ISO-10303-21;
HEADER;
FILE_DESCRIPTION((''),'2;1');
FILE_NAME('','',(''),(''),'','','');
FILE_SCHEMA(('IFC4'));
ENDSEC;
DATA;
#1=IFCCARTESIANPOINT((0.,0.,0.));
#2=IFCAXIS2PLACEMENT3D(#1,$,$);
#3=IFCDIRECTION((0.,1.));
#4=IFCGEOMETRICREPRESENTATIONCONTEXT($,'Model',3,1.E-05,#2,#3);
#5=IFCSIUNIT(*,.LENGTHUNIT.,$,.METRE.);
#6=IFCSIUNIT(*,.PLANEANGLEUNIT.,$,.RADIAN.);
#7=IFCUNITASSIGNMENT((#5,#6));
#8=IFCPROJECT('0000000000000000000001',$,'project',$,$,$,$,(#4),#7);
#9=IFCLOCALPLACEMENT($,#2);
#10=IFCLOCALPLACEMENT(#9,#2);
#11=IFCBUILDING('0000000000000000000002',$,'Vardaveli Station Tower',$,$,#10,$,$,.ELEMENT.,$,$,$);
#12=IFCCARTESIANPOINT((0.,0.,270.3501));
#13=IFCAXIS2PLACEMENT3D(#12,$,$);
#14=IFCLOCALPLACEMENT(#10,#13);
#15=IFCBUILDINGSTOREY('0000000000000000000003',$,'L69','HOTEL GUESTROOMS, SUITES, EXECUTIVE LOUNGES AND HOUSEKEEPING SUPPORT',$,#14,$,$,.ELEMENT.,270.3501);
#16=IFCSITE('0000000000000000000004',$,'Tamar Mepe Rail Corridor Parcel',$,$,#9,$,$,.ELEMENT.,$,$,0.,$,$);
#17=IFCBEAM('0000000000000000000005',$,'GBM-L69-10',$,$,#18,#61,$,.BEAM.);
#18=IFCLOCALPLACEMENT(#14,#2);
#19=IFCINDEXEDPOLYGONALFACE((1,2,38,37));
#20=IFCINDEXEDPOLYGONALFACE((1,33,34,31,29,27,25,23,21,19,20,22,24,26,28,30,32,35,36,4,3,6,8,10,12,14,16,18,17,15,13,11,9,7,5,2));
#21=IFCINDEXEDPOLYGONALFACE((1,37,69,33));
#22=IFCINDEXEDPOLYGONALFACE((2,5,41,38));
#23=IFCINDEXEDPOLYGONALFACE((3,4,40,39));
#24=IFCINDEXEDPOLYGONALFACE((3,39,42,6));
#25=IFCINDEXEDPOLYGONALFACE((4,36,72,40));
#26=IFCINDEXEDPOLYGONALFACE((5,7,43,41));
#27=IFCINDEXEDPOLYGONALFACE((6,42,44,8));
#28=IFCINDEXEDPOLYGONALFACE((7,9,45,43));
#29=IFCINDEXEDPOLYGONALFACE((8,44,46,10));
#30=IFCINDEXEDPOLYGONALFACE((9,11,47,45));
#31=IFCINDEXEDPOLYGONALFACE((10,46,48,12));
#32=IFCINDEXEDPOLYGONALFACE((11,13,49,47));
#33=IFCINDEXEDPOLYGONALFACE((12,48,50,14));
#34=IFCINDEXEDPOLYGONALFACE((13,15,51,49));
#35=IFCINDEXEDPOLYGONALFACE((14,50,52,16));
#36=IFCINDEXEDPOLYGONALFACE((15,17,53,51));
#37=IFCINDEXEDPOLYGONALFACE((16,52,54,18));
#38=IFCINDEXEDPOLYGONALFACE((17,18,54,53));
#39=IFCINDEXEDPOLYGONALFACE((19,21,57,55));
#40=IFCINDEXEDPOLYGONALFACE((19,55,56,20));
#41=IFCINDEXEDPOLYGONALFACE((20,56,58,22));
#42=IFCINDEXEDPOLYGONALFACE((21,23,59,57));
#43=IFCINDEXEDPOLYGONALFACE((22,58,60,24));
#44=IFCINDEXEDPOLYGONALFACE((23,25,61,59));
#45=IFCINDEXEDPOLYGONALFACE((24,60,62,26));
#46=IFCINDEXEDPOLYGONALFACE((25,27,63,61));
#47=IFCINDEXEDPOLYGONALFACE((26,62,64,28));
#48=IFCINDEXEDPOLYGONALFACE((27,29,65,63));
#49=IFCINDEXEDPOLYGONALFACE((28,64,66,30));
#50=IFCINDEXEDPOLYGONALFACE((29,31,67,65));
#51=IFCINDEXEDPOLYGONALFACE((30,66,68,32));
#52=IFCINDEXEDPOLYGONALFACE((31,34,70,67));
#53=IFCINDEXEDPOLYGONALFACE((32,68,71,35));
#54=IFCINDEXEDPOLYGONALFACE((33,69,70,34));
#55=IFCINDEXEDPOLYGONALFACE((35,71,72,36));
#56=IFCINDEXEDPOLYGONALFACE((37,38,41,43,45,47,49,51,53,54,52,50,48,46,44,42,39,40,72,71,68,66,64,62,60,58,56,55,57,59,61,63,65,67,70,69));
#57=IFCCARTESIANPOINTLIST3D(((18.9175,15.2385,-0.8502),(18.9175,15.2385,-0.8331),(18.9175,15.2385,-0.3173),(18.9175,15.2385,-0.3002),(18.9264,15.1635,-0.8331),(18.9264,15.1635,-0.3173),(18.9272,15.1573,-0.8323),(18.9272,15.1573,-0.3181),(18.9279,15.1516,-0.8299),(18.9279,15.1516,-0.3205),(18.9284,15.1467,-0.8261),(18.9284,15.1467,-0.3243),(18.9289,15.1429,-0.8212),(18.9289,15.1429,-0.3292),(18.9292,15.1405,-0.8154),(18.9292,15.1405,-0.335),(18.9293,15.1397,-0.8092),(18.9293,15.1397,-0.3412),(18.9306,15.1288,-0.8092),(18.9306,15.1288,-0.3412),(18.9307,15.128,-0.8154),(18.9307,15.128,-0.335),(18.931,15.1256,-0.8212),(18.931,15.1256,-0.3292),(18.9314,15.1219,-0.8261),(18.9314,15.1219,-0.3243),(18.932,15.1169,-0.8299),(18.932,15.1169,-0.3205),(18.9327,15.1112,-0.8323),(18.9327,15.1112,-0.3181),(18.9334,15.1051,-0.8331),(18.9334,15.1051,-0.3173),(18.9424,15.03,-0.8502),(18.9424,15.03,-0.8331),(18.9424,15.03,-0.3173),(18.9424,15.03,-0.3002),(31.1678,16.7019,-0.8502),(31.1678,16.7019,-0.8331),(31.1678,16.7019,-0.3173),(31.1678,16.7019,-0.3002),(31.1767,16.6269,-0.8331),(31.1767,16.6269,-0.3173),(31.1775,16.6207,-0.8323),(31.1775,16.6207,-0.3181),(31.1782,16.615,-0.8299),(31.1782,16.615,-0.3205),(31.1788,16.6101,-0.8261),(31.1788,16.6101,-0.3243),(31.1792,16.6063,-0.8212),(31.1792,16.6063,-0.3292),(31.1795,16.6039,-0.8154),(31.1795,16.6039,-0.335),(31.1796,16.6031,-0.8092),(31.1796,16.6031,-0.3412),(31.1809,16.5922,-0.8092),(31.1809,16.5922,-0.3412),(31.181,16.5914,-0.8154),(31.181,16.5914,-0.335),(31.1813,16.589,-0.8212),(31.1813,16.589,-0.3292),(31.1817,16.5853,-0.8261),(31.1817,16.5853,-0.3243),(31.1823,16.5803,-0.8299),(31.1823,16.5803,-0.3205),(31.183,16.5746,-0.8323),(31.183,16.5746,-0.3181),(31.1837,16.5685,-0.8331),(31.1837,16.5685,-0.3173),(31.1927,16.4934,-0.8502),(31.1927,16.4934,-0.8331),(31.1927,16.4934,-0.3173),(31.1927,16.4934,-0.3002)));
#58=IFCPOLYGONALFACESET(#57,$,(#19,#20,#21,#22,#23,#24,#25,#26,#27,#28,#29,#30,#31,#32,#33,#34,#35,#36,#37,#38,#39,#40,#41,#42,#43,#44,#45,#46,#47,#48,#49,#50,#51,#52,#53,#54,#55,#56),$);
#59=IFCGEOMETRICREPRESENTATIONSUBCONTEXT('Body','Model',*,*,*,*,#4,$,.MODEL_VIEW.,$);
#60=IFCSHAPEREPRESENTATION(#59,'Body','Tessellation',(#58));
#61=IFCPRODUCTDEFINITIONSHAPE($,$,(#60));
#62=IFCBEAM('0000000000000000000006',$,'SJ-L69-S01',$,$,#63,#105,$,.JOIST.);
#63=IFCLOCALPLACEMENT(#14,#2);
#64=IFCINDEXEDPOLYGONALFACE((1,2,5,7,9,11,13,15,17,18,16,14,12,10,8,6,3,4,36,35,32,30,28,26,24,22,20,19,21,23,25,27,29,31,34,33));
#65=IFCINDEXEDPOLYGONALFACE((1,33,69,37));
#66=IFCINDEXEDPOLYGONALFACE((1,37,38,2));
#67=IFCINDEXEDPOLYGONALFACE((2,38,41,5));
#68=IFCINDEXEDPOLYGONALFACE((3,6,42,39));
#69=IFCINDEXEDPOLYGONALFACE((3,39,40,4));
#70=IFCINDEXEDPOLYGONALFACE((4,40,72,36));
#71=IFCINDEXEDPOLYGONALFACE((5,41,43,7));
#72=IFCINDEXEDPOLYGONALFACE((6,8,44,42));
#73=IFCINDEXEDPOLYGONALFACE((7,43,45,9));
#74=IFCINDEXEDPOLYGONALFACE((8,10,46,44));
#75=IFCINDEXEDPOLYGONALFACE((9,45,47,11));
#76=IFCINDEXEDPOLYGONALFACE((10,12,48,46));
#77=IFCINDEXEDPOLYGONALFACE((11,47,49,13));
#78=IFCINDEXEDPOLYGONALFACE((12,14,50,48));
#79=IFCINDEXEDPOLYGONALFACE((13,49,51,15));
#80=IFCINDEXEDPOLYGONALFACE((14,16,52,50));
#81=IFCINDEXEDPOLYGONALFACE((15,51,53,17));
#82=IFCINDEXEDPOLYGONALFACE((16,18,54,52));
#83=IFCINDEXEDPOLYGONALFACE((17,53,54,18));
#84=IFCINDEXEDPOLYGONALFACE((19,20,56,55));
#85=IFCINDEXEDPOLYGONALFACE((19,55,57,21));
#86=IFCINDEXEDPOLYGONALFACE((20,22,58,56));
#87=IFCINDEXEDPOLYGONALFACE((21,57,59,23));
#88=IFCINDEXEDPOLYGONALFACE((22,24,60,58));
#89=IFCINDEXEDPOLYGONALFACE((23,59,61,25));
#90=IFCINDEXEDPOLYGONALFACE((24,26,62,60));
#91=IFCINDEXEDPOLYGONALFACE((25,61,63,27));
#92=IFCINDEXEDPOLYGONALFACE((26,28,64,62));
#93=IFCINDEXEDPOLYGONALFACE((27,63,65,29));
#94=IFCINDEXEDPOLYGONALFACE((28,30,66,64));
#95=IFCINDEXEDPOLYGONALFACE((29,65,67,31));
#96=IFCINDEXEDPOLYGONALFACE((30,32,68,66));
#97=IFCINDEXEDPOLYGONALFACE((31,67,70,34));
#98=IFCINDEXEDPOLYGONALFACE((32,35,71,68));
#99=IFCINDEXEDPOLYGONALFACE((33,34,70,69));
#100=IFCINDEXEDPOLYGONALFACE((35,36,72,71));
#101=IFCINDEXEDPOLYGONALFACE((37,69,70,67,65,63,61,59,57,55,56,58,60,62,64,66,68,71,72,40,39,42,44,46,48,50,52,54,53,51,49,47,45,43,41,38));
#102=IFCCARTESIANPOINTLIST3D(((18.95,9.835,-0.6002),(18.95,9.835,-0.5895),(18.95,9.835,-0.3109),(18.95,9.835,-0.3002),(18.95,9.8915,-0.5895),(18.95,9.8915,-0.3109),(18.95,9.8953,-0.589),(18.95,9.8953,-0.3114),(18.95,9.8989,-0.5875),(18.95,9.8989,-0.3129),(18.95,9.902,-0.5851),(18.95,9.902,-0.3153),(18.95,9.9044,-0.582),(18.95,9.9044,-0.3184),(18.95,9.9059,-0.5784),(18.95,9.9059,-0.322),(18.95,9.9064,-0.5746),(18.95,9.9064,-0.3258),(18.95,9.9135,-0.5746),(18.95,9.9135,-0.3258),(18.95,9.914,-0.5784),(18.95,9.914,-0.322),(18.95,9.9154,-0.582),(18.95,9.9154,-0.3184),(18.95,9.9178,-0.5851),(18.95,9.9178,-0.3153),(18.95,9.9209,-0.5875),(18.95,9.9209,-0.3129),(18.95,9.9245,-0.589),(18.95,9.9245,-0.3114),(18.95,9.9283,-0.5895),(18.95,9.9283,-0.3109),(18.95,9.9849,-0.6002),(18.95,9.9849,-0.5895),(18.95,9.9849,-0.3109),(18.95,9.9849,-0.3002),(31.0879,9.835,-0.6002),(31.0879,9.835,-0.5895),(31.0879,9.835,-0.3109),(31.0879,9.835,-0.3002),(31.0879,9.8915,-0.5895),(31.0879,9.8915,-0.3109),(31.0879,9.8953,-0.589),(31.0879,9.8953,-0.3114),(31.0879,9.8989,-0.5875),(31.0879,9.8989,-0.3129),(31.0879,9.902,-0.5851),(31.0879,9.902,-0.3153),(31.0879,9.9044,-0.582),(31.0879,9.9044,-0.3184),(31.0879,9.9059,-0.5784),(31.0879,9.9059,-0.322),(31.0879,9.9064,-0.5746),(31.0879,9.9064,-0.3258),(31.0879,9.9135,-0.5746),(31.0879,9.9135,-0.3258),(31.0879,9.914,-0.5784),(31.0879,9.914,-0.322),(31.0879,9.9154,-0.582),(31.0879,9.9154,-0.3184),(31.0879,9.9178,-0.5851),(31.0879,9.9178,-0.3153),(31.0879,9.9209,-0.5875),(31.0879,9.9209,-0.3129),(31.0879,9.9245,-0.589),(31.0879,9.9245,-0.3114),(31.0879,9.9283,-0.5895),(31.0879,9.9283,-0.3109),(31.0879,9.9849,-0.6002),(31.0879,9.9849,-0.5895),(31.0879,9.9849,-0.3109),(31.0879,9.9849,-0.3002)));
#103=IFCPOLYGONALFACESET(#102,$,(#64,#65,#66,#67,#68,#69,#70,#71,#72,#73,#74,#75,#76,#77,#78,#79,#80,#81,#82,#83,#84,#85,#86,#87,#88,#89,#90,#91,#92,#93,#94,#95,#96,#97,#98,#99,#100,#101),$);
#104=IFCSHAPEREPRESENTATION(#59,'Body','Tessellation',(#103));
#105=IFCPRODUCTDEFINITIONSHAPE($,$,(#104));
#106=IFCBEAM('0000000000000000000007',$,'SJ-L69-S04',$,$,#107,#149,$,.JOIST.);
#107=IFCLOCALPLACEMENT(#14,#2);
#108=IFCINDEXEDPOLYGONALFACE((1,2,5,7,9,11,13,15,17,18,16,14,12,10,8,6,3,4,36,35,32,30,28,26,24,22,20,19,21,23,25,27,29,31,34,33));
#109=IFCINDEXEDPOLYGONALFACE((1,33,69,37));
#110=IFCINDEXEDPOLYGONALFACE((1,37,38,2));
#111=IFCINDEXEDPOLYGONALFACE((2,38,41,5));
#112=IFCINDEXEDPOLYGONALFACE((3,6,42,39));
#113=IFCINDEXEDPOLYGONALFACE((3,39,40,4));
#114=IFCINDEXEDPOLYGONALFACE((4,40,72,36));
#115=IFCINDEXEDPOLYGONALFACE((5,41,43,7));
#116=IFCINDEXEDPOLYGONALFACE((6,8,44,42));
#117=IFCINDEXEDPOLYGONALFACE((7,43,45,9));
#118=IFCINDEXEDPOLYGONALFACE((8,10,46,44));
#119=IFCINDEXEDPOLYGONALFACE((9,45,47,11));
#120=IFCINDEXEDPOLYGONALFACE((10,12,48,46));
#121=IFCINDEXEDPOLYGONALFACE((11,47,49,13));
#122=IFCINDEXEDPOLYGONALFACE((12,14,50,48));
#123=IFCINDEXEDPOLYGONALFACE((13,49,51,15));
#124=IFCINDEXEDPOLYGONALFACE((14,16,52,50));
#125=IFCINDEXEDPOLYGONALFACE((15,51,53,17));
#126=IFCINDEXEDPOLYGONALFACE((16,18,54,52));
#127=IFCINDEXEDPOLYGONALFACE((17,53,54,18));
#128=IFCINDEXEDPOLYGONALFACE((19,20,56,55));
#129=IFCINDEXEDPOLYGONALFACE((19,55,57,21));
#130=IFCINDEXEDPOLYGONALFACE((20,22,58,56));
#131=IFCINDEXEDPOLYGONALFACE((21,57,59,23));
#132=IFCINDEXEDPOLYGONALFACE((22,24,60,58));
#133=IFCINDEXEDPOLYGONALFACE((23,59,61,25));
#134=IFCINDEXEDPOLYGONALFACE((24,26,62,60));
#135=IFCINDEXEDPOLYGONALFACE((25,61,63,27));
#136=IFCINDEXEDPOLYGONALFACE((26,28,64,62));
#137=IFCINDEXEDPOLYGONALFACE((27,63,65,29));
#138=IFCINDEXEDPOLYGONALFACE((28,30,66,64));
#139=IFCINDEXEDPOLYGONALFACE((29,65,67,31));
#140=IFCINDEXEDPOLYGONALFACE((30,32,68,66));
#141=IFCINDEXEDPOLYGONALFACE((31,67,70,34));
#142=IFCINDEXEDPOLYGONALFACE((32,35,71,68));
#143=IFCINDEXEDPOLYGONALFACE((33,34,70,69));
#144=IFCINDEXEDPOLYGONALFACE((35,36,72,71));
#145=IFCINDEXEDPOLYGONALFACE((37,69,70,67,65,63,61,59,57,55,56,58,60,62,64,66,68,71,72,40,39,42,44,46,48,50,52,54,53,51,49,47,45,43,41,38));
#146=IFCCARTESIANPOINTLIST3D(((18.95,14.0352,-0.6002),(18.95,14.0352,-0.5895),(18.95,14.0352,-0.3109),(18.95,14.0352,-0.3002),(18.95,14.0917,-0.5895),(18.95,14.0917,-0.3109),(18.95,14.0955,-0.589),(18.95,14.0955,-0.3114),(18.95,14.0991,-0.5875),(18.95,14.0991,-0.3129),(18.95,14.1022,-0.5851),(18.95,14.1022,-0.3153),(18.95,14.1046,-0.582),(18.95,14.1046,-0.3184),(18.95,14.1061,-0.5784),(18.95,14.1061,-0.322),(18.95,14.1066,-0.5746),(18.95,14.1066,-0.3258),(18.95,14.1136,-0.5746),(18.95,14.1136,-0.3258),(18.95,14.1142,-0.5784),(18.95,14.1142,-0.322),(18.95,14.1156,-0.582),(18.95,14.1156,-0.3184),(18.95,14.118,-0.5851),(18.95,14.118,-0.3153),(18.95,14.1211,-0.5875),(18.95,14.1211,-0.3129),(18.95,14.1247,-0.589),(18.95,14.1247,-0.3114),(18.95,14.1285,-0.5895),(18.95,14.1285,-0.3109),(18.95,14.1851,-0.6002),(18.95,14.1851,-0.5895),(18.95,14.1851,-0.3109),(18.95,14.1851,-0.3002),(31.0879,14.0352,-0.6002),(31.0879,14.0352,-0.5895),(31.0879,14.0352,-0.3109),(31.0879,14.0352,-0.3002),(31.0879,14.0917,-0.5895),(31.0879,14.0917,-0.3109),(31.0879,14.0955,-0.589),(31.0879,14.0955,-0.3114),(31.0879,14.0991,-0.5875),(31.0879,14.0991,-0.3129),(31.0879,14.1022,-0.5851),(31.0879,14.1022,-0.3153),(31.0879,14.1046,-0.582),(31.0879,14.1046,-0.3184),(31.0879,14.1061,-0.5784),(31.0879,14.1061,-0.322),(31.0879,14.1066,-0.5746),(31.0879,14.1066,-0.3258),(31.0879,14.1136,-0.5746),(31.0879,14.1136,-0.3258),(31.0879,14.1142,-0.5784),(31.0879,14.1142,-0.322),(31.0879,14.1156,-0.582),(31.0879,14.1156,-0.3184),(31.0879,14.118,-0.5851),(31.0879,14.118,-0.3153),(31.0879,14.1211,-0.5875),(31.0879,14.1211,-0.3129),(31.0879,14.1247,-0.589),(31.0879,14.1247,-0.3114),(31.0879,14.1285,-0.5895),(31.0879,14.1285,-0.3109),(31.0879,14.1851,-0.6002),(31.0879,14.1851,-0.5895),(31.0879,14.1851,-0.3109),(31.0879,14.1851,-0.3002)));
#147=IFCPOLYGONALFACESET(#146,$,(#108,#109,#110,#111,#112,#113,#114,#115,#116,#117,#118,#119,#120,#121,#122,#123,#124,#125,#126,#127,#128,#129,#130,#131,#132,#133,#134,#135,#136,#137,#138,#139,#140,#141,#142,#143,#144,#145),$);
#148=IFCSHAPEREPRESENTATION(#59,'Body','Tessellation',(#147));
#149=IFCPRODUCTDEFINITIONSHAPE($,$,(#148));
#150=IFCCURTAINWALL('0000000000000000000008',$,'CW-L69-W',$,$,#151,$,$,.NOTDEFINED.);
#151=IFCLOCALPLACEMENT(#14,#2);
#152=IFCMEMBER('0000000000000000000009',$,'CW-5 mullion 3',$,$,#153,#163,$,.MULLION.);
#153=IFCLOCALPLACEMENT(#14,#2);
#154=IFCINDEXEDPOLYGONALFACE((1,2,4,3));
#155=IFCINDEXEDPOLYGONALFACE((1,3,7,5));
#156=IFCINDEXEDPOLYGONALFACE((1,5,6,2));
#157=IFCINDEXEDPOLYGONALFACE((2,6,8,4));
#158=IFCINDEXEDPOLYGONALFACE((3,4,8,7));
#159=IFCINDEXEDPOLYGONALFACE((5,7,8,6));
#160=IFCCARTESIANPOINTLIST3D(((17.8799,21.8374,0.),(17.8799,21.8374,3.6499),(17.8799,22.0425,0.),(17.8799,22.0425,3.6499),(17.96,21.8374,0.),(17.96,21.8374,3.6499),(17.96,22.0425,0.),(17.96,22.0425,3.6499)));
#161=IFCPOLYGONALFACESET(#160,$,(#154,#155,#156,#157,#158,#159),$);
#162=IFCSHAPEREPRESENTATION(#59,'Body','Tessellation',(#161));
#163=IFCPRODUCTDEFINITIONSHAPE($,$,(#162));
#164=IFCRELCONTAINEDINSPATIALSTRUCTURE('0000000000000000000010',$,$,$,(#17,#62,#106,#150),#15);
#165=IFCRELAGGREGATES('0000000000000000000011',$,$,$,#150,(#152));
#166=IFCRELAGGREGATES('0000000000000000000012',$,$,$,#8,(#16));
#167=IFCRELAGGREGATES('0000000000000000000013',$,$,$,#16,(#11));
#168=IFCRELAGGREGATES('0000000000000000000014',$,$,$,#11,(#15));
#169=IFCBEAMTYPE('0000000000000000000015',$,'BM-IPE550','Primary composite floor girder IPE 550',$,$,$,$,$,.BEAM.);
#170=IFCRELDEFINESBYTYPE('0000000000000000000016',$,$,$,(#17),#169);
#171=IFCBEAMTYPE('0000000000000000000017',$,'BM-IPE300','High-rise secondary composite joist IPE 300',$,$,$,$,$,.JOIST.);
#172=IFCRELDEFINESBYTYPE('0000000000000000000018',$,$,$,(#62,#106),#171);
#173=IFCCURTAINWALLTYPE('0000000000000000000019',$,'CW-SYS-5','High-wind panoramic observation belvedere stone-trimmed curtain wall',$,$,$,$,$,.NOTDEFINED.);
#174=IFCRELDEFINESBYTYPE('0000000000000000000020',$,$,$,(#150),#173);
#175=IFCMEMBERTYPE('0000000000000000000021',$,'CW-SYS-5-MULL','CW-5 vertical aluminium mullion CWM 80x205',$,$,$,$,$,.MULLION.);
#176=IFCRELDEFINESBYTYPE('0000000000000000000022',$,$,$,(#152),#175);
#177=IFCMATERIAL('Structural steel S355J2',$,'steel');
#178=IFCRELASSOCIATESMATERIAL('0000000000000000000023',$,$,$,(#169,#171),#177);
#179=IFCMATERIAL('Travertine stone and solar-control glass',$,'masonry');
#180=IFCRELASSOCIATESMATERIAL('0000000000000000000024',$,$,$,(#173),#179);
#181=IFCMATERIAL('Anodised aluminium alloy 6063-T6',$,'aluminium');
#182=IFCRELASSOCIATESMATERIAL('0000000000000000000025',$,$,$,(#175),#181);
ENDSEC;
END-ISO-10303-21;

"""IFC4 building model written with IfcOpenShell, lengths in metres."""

from ifc_helpers import new_model, si_unit, direction, frame, origin, origin_2d, place, context, subcontext, project, spatial, rectangle, i_section, extrude, source, transform, mapped, material, material_profile, profile_set, type_object, element, aggregate, save


model = new_model("IFC4")

# Units and contexts
model_context = context("Model", 3, precision=1e-05, world=origin(), true_north=direction((0.0, 1.0)))
body_context = subcontext(model_context, "Body", "Model", "MODEL_VIEW")
ifc_project = project(units=[si_unit("LENGTHUNIT", "METRE"), si_unit("PLANEANGLEUNIT", "RADIAN")], contexts=[model_context])

# Site, building, storey
site_placement = place(None, origin())
site = spatial("IfcSite", under=ifc_project, at=site_placement, Name="Tamar Mepe Rail Corridor Parcel", CompositionType="ELEMENT", RefElevation=0.0)
building_placement = place(site_placement, origin())
building = spatial("IfcBuilding", under=site, at=building_placement, Name="Vardaveli Station Tower", CompositionType="ELEMENT")
storey_placement = place(building_placement, frame((0.0, 0.0, 270.3501)))
storey = spatial("IfcBuildingStorey", under=building, at=storey_placement, Name="L69", Description="HOTEL GUESTROOMS, SUITES, EXECUTIVE LOUNGES AND HOUSEKEEPING SUPPORT", CompositionType="ELEMENT", Elevation=270.3501)

# Beams
ifc_material_1 = material(Name="Structural steel S355J2", Category="steel")
ifc_material_profile_1 = material_profile(ifc_material_1, i_section(OverallWidth=0.21, OverallDepth=0.55, WebThickness=0.011, FlangeThickness=0.0171, FilletRadius=0.0239, at=origin_2d()), Name="IPE 550")
ifc_profile_set_1 = profile_set([ifc_material_profile_1], Name="Structural steel S355J2")
beam_type_1 = type_object("IfcBeamType", Name="BM-IPE550", Description="Primary composite floor girder IPE 550", PredefinedType="BEAM", material=ifc_profile_set_1)
shared_shape_1 = source(origin(), body_context, "Body", "SweptSolid", [
    extrude(i_section(OverallWidth=0.21, OverallDepth=0.55, WebThickness=0.011, FlangeThickness=0.0171, FilletRadius=0.0239, at=origin_2d()), origin(), (0.0, 0.0, 1.0), 12.3374),
])
beam_1_placement = place(storey_placement, frame((18.9299, 15.1343, -0.5752), z_axis=(0.99294, 0.118614, 0.0), x_axis=(-0.118614, 0.99294, 0.0)))
element("IfcBeam", 1, at=beam_1_placement, inside=storey, type_object=beam_type_1, Name="GBM-L69-10", PredefinedType="BEAM", context=body_context, shape_type="MappedRepresentation", body=[
    mapped(shared_shape_1, transform((0.0, 0.0, 0.0), scale=1.0)),
])
ifc_material_profile_2 = material_profile(ifc_material_1, i_section(OverallWidth=0.1499, OverallDepth=0.3, WebThickness=0.0071, FlangeThickness=0.0107, FilletRadius=0.0149, at=origin_2d()), Name="IPE 300")
ifc_profile_set_2 = profile_set([ifc_material_profile_2], Name="Structural steel S355J2")
beam_type_2 = type_object("IfcBeamType", Name="BM-IPE300", Description="High-rise secondary composite joist IPE 300", PredefinedType="JOIST", material=ifc_profile_set_2)
shared_shape_2 = source(origin(), body_context, "Body", "SweptSolid", [
    extrude(i_section(OverallWidth=0.1499, OverallDepth=0.3, WebThickness=0.0071, FlangeThickness=0.0107, FilletRadius=0.0149, at=origin_2d()), origin(), (0.0, 0.0, 1.0), 12.1379),
])
for number, where, z_axis, x_axis, name in (
    (2, (18.95, 9.9099, -0.4502), (1.0, 0.0, 0.0), (0.0, 1.0, 0.0), "SJ-L69-S01"),
    (3, (18.95, 14.1101, -0.4502), (1.0, 0.0, 0.0), (0.0, 1.0, 0.0), "SJ-L69-S04"),
):
    element("IfcBeam", number, at=place(storey_placement, frame(where, z_axis=z_axis, x_axis=x_axis)), inside=storey, type_object=beam_type_2, Name=name, PredefinedType="JOIST", context=body_context, shape_type="MappedRepresentation", body=[
        mapped(shared_shape_2, transform((0.0, 0.0, 0.0), scale=1.0)),
    ])

# Curtain wall, member
ifc_material_2 = material(Name="Travertine stone and solar-control glass", Category="masonry")
curtain_wall_type = type_object("IfcCurtainWallType", Name="CW-SYS-5", Description="High-wind panoramic observation belvedere stone-trimmed curtain wall", PredefinedType="NOTDEFINED", material=ifc_material_2)
curtain_wall_placement = place(storey_placement, origin())
curtain_wall = element("IfcCurtainWall", 4, at=curtain_wall_placement, inside=storey, type_object=curtain_wall_type, Name="CW-L69-W", PredefinedType="NOTDEFINED")
ifc_material_3 = material(Name="Anodised aluminium alloy 6063-T6", Category="aluminium")
ifc_material_profile_3 = material_profile(ifc_material_3, rectangle(XDim=0.0801, YDim=0.2051, at=origin_2d()), Name="CWM 80x205")
ifc_profile_set_3 = profile_set([ifc_material_profile_3], Name="Anodised aluminium alloy 6063-T6")
member_type = type_object("IfcMemberType", Name="CW-SYS-5-MULL", Description="CW-5 vertical aluminium mullion CWM 80x205", PredefinedType="MULLION", material=ifc_profile_set_3)
shared_shape_3 = source(origin(), body_context, "Body", "SweptSolid", [
    extrude(rectangle(XDim=0.0801, YDim=0.2051, at=origin_2d()), origin(), (0.0, 0.0, 1.0), 3.6499),
])
member_placement = place(storey_placement, frame((17.9199, 21.9399, 0.0), z_axis=(0.0, 0.0, 1.0), x_axis=(1.0, 0.0, 0.0)))
member = element("IfcMember", 5, at=member_placement, type_object=member_type, Name="CW-5 mullion 3", PredefinedType="MULLION", context=body_context, shape_type="MappedRepresentation", body=[
    mapped(shared_shape_3, transform((0.0, 0.0, 0.0), scale=1.0)),
])
aggregate(curtain_wall, [member])

save(model, "model.ifc")
